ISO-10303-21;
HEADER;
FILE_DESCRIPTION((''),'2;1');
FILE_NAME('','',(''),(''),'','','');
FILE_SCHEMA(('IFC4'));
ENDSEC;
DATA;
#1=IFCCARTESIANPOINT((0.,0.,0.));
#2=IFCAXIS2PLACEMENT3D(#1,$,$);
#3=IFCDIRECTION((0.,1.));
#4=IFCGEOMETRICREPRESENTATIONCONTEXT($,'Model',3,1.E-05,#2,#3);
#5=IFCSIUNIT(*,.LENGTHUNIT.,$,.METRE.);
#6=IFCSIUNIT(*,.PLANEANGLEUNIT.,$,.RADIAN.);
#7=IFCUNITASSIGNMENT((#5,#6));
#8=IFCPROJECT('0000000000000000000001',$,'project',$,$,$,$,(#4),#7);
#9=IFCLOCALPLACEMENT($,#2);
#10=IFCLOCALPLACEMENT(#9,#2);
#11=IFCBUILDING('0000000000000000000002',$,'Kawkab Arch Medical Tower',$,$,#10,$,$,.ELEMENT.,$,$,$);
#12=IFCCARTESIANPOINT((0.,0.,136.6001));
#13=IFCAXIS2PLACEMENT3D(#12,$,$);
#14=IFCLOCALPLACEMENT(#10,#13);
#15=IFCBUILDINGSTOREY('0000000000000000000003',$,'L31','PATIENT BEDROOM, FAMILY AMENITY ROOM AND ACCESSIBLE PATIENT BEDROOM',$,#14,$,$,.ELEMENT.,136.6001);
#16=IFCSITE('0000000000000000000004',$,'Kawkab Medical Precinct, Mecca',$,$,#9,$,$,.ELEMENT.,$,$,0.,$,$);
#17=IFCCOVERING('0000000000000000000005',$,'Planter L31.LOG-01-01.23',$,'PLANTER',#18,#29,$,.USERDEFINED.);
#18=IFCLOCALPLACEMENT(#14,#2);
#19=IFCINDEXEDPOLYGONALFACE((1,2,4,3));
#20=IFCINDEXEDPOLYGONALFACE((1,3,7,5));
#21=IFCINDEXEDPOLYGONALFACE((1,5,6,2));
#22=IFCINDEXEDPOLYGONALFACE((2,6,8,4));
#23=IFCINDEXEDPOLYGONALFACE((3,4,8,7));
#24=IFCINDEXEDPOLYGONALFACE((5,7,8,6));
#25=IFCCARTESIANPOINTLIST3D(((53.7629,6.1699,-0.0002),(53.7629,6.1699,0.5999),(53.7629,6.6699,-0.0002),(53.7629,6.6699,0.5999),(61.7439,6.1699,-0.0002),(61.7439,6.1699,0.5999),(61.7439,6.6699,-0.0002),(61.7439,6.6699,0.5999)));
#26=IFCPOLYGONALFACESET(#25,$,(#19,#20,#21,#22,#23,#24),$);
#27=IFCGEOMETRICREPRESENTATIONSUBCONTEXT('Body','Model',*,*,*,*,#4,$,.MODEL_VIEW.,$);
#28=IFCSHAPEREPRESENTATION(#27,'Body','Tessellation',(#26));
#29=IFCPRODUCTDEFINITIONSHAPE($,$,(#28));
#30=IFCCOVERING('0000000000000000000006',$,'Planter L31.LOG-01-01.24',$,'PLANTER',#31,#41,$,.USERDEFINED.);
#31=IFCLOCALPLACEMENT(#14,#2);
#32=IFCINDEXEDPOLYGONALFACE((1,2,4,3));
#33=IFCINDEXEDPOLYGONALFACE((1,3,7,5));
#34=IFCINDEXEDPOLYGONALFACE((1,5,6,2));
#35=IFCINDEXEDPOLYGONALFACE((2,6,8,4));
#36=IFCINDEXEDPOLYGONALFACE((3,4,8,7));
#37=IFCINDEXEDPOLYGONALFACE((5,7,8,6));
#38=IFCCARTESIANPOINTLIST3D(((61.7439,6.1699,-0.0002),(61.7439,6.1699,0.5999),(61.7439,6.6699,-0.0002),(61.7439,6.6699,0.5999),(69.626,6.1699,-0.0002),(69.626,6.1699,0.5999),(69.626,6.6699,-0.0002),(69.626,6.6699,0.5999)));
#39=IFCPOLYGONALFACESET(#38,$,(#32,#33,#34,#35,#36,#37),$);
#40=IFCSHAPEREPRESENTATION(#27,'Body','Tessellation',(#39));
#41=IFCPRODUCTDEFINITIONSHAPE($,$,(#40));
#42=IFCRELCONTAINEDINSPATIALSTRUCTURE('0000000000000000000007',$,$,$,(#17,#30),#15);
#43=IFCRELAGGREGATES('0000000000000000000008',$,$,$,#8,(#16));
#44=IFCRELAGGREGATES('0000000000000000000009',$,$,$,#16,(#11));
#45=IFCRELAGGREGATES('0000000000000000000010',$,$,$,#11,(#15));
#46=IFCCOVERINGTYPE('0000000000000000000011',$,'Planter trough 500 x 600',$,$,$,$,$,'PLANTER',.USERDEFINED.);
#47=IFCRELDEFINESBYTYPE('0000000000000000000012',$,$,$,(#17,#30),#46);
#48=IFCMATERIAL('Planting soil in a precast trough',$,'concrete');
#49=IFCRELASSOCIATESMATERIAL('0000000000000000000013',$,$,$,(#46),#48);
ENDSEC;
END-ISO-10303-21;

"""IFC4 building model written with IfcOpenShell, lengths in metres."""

from ifc_helpers import new_model, si_unit, direction, frame, origin, origin_2d, place, context, subcontext, project, spatial, rectangle, extrude, material, material_profile, profile_set, type_object, element, save


model = new_model("IFC4")

# Units and contexts
model_context = context("Model", 3, precision=1e-05, world=origin(), true_north=direction((0.0, 1.0)))
body_context = subcontext(model_context, "Body", "Model", "MODEL_VIEW")
ifc_project = project(units=[si_unit("LENGTHUNIT", "METRE"), si_unit("PLANEANGLEUNIT", "RADIAN")], contexts=[model_context])

# Site, building, storey
site_placement = place(None, origin())
site = spatial("IfcSite", under=ifc_project, at=site_placement, Name="Kawkab Medical Precinct, Mecca", CompositionType="ELEMENT", RefElevation=0.0)
building_placement = place(site_placement, origin())
building = spatial("IfcBuilding", under=site, at=building_placement, Name="Kawkab Arch Medical Tower", CompositionType="ELEMENT")
storey_placement = place(building_placement, frame((0.0, 0.0, 136.6001)))
storey = spatial("IfcBuildingStorey", under=building, at=storey_placement, Name="L31", Description="PATIENT BEDROOM, FAMILY AMENITY ROOM AND ACCESSIBLE PATIENT BEDROOM", CompositionType="ELEMENT", Elevation=136.6001)

# Coverings
ifc_material_1 = material(Name="Planting soil in a precast trough", Category="concrete")
ifc_material_profile_1 = material_profile(ifc_material_1, rectangle(XDim=0.5, YDim=0.6001, at=origin_2d()), Name="Trough 500x600")
ifc_profile_set_1 = profile_set([ifc_material_profile_1], Name="Planting soil in a precast trough")
covering_type_1 = type_object("IfcCoveringType", Name="Planter trough 500 x 600", ElementType="PLANTER", PredefinedType="USERDEFINED", material=ifc_profile_set_1)
covering_1_placement = place(storey_placement, frame((53.7629, 6.4199, 0.2998), z_axis=(1.0, 0.0, 0.0), x_axis=(0.0, 1.0, 0.0)))
element("IfcCovering", 1, at=covering_1_placement, inside=storey, type_object=covering_type_1, Name="Planter L31.LOG-01-01.23", ObjectType="PLANTER", PredefinedType="USERDEFINED", context=body_context, shape_type="SweptSolid", body=[
    extrude(rectangle(XDim=0.5, YDim=0.6001, at=origin_2d()), origin(), (0.0, 0.0, 1.0), 7.981),
])
covering_2_placement = place(storey_placement, frame((61.7439, 6.4199, 0.2998), z_axis=(1.0, 0.0, 0.0), x_axis=(0.0, 1.0, 0.0)))
element("IfcCovering", 2, at=covering_2_placement, inside=storey, type_object=covering_type_1, Name="Planter L31.LOG-01-01.24", ObjectType="PLANTER", PredefinedType="USERDEFINED", context=body_context, shape_type="SweptSolid", body=[
    extrude(rectangle(XDim=0.5, YDim=0.6001, at=origin_2d()), origin(), (0.0, 0.0, 1.0), 7.8821),
])

save(model, "model.ifc")
